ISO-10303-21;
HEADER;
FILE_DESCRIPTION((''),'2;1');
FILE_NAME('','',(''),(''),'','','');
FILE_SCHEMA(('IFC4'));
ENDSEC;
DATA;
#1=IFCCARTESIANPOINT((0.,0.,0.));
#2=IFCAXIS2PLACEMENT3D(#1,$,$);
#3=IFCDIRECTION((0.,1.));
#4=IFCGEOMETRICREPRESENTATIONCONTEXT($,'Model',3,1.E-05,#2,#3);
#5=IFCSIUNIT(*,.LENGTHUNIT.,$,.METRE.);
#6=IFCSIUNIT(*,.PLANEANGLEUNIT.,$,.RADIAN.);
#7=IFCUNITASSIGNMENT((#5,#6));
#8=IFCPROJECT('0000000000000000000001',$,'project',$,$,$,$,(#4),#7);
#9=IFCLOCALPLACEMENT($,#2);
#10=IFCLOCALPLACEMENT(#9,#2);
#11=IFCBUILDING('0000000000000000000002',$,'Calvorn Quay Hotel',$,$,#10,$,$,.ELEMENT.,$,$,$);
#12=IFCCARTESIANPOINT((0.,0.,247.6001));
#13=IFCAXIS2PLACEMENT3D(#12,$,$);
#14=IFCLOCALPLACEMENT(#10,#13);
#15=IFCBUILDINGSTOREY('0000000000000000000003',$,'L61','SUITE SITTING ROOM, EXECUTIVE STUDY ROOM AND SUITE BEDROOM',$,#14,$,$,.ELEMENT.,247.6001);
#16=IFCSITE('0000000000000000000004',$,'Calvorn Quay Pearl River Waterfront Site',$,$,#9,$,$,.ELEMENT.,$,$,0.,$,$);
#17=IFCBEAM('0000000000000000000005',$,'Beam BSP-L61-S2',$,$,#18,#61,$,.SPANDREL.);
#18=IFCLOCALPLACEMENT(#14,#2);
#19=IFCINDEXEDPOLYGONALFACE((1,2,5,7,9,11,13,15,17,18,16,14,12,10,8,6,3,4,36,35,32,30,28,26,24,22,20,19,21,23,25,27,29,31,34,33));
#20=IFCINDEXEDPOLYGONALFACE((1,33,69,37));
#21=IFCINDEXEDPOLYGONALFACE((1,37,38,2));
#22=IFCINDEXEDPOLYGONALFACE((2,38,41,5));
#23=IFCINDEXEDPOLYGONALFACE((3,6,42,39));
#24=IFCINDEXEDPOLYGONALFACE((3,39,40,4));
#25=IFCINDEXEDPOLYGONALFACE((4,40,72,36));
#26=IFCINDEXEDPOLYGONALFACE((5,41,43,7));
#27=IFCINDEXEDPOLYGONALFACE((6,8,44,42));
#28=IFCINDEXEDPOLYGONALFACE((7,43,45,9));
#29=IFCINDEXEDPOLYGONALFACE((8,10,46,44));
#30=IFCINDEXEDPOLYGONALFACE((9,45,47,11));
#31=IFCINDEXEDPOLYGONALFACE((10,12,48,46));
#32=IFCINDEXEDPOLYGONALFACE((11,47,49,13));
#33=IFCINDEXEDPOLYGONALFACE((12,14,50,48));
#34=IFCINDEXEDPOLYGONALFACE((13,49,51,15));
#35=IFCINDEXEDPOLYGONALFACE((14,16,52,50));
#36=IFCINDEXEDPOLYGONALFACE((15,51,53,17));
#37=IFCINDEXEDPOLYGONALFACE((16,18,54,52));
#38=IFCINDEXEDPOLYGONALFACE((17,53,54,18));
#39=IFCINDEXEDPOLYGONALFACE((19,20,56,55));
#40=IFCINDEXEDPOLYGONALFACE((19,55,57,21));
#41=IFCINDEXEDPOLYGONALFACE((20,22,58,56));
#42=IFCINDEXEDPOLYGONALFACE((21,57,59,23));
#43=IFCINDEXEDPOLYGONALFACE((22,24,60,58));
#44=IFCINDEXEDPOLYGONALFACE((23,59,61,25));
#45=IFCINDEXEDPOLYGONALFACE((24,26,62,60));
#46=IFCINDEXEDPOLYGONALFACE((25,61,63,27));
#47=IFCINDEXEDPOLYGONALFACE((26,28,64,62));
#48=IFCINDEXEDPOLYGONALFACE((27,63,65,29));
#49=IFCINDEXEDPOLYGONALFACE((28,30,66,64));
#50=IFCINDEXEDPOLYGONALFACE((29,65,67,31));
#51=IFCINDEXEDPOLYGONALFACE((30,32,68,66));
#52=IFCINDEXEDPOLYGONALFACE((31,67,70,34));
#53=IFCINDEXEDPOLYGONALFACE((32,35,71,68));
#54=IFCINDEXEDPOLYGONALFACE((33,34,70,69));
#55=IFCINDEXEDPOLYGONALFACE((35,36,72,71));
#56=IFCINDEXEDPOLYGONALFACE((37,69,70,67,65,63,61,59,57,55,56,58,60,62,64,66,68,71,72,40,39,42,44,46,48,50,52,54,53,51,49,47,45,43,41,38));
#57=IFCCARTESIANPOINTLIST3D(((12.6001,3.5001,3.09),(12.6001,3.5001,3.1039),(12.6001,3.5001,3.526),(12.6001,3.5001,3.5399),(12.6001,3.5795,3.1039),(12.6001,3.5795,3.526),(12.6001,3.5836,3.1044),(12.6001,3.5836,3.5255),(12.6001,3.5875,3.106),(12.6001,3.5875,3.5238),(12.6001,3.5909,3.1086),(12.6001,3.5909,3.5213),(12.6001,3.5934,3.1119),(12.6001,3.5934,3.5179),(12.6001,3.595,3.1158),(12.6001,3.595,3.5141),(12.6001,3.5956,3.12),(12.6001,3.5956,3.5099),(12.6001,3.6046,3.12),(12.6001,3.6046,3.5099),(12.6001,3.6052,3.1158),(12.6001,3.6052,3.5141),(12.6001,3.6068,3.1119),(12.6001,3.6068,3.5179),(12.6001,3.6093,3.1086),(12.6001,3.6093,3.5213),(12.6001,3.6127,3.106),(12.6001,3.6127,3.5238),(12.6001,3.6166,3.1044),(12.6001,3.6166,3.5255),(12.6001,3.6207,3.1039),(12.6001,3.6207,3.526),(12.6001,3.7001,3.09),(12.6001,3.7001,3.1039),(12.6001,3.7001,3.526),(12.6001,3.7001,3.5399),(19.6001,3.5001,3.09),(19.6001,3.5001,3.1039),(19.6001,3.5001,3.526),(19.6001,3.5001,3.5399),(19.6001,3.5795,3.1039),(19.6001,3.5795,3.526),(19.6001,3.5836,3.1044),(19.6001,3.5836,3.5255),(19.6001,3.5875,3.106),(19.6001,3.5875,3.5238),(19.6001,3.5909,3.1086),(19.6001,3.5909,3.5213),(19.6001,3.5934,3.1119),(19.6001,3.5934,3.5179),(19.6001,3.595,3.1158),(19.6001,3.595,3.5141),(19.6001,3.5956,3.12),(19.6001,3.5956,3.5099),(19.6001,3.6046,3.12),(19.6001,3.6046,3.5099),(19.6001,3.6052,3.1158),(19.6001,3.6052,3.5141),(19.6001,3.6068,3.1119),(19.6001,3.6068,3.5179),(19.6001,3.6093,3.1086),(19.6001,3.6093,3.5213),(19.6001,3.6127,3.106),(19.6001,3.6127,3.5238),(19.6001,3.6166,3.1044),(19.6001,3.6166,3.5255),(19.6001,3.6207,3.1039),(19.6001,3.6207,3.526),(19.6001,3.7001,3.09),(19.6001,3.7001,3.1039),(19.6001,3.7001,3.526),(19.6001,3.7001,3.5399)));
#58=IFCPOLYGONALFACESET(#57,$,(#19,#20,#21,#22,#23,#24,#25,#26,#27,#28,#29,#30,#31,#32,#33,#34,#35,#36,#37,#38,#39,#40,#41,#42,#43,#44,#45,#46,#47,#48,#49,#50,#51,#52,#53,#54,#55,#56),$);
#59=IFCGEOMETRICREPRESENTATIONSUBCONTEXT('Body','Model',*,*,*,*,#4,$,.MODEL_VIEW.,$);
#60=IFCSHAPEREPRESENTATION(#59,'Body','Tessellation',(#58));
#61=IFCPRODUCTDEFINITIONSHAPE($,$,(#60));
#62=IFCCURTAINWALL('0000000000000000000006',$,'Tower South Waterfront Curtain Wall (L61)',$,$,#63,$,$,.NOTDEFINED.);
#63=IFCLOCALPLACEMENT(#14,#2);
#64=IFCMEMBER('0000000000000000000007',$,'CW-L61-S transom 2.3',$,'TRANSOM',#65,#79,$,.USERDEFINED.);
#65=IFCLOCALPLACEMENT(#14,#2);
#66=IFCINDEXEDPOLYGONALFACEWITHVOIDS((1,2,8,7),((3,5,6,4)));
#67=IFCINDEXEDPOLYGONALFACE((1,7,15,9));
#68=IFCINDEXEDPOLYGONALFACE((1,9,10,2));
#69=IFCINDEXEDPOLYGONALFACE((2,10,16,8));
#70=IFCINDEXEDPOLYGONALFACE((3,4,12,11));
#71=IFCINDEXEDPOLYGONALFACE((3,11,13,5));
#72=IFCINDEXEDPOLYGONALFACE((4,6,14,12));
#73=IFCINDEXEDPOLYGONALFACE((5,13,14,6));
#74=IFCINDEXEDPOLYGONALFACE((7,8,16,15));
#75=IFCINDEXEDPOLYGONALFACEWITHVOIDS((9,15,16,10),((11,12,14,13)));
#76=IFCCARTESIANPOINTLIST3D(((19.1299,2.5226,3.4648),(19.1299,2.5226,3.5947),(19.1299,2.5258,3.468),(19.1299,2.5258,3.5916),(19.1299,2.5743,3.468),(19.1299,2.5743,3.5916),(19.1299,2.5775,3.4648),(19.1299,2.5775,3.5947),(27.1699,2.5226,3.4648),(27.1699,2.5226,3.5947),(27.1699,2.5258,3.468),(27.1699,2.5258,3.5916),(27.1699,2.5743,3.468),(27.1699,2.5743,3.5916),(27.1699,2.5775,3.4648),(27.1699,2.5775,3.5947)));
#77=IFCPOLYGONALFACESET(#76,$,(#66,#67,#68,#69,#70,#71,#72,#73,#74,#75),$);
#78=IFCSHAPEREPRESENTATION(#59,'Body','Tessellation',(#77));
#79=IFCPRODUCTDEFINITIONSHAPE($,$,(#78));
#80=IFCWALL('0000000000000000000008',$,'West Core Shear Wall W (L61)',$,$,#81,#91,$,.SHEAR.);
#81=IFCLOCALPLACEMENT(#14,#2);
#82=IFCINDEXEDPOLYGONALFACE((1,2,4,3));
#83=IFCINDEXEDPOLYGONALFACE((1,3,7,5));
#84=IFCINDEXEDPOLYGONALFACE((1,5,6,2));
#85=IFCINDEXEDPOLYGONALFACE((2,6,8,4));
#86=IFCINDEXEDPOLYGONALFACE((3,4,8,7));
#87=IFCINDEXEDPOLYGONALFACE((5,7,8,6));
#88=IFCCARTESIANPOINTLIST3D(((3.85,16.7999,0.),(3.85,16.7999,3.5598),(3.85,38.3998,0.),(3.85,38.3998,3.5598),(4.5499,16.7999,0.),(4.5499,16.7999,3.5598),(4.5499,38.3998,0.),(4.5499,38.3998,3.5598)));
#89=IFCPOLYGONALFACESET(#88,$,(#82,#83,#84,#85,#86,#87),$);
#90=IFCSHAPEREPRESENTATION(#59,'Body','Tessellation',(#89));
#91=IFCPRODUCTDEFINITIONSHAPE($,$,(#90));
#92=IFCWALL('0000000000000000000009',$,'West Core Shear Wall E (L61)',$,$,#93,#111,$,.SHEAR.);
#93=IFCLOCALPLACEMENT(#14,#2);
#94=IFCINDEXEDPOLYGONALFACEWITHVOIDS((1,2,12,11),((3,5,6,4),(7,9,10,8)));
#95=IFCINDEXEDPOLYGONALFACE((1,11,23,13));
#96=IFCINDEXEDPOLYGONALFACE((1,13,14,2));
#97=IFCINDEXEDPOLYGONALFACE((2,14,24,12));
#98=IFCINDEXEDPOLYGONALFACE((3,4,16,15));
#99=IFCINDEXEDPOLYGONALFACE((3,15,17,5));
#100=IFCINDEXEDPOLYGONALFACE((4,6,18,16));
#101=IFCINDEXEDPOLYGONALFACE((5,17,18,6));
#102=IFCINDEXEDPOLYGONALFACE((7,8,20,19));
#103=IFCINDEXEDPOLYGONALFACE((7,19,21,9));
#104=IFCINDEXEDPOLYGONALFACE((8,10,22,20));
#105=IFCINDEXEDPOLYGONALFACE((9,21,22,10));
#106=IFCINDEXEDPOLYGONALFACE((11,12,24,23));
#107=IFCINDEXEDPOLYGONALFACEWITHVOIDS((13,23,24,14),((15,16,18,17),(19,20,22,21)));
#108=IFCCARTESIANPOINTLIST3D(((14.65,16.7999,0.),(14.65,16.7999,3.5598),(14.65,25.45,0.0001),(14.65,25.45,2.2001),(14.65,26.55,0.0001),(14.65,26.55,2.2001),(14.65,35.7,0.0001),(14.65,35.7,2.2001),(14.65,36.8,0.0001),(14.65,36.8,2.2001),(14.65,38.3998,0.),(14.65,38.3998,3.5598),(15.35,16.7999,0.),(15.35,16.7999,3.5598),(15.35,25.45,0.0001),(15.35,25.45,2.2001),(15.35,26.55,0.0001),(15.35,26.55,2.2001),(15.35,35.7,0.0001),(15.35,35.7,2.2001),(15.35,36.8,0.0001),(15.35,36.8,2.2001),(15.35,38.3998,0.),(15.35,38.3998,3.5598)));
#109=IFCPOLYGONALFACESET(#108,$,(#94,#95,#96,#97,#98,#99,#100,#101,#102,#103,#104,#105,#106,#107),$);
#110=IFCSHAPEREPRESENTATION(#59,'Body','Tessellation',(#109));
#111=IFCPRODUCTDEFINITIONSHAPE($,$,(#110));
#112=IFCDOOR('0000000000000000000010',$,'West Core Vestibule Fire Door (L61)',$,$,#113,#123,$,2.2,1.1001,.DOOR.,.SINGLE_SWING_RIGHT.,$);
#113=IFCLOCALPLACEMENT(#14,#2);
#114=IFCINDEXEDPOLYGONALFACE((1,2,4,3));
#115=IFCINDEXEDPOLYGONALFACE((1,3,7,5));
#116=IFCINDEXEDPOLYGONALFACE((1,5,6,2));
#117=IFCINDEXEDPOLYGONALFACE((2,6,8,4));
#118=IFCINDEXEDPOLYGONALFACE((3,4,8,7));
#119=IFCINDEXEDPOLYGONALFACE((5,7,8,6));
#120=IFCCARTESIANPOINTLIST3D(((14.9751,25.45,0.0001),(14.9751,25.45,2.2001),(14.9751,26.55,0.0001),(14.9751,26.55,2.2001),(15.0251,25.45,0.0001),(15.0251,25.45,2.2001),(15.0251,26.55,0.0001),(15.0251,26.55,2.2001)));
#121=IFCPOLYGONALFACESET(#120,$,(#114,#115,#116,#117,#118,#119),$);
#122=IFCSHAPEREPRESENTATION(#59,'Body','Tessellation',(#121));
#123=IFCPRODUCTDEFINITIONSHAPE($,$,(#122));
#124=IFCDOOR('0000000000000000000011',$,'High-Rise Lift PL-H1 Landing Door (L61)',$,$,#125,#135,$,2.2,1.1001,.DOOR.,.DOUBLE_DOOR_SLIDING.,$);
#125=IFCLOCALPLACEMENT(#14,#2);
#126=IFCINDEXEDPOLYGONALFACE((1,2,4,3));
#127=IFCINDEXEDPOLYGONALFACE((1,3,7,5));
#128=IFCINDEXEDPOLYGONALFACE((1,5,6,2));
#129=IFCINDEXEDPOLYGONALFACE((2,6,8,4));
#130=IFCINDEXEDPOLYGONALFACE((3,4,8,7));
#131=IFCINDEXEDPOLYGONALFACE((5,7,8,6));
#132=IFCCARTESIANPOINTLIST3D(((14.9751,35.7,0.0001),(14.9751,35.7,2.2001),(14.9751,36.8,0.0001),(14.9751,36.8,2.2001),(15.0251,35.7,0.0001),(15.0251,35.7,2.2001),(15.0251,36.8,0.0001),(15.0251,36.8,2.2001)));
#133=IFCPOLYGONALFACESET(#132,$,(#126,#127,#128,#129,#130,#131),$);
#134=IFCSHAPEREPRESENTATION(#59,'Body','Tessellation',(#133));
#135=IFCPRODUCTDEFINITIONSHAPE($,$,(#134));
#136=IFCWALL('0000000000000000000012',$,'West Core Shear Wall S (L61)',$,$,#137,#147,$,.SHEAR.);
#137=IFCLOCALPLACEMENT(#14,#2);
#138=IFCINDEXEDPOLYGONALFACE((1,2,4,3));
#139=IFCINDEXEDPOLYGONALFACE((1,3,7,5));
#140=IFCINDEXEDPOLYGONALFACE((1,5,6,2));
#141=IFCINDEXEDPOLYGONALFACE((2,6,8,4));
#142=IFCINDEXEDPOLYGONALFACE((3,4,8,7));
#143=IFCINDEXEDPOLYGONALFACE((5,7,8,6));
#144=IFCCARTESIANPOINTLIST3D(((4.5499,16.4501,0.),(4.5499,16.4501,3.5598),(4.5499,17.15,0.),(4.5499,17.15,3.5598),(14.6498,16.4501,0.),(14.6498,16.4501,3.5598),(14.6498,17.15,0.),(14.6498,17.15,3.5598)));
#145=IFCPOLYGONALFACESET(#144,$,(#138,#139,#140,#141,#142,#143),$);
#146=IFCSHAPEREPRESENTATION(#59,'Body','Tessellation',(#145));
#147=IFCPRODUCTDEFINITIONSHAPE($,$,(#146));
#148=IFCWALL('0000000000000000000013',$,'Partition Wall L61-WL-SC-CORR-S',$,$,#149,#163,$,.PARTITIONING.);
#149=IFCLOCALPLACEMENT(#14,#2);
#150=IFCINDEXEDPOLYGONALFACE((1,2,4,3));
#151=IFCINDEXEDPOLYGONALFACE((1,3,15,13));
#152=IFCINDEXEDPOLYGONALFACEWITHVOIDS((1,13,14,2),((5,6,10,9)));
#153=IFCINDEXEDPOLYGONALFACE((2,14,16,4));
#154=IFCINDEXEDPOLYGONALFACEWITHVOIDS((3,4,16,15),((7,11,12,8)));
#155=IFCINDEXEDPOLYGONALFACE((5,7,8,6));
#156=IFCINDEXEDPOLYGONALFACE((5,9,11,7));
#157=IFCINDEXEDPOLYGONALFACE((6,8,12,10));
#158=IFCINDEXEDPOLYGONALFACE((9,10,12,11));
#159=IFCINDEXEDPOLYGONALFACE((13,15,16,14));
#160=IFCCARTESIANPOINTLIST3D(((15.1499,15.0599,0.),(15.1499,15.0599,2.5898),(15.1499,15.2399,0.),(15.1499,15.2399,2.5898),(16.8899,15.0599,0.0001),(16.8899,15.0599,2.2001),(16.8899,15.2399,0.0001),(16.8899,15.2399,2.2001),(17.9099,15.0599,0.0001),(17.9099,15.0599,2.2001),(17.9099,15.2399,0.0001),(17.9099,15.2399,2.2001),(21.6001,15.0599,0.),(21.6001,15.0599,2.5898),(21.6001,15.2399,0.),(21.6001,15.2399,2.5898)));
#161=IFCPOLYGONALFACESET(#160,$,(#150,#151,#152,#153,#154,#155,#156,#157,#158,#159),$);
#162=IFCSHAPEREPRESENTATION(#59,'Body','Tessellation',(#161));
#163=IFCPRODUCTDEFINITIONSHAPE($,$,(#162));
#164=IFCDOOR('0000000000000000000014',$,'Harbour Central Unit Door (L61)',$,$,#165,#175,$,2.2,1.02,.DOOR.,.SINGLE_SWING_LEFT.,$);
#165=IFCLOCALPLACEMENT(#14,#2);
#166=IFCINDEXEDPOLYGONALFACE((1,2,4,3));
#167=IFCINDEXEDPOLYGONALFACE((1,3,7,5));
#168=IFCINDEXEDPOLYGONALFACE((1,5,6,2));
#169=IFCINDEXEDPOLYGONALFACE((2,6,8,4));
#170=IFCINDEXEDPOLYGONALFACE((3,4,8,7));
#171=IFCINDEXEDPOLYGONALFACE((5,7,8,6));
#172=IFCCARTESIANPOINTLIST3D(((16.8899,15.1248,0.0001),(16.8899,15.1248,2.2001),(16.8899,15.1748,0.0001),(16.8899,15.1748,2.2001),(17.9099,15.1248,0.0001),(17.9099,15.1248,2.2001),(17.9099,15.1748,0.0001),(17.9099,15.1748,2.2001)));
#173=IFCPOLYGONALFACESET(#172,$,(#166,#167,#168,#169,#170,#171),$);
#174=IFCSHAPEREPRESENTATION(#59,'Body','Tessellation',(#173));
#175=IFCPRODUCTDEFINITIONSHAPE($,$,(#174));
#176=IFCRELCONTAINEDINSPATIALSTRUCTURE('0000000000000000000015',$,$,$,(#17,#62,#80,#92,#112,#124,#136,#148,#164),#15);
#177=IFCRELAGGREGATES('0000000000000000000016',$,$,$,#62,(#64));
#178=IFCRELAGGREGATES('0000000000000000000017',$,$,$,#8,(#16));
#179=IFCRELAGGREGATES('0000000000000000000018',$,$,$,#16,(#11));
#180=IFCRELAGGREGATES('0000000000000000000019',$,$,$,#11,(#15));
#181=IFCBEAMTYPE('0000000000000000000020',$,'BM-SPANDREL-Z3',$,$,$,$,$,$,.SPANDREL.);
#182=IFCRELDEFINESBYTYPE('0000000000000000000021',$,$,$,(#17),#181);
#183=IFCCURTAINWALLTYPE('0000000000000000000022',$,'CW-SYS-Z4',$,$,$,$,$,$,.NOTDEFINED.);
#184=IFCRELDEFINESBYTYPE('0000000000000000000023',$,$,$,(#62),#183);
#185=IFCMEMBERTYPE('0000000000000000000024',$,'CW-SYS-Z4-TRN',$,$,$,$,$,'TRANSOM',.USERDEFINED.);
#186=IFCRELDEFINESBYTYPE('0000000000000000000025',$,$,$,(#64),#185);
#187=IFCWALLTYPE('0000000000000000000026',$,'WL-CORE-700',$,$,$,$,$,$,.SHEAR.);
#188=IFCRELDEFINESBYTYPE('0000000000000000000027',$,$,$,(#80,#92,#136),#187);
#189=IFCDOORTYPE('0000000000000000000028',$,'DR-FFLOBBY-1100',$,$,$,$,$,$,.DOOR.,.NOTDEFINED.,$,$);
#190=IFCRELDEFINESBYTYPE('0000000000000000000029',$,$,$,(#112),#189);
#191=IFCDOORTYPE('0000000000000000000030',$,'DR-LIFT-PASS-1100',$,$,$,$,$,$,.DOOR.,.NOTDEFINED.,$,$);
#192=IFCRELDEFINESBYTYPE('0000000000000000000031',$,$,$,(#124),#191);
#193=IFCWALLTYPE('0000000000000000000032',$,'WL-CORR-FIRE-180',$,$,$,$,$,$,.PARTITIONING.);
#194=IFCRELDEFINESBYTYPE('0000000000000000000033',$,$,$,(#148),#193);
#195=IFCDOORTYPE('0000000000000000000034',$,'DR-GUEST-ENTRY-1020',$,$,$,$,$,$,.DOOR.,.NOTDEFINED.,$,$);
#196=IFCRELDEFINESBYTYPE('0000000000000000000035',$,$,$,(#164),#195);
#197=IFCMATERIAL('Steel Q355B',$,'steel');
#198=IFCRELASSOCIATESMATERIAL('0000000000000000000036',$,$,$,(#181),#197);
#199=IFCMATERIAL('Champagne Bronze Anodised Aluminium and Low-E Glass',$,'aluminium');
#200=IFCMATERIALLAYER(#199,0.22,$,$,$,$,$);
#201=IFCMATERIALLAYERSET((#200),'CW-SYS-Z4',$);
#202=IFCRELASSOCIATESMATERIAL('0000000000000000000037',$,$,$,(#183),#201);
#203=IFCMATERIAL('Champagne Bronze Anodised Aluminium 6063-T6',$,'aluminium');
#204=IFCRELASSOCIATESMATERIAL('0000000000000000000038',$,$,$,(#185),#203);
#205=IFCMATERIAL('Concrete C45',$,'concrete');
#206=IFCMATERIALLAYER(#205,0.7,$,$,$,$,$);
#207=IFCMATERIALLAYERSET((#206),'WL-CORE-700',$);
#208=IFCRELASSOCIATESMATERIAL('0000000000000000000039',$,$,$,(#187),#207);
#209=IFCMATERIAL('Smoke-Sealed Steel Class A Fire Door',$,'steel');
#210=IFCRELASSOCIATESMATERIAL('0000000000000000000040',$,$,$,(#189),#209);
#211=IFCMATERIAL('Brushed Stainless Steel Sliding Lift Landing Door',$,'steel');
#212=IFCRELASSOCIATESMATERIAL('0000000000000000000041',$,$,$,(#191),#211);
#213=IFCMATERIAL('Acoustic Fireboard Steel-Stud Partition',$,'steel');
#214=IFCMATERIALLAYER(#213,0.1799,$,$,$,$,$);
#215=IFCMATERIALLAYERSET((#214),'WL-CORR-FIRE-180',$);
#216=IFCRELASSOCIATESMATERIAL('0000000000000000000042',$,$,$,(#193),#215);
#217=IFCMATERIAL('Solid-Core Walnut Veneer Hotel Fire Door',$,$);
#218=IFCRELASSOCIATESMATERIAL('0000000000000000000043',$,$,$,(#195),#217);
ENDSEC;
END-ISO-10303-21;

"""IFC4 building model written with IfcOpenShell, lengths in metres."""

from ifc_helpers import new_model, si_unit, direction, frame, frame_2d, origin, origin_2d, place, context, subcontext, project, spatial, rectangle, hollow_rectangle, i_section, extrude, material, layer, layer_set, material_profile, profile_set, type_object, element, fill, aggregate, save


model = new_model("IFC4")

# Units and contexts
model_context = context("Model", 3, precision=1e-05, world=origin(), true_north=direction((0.0, 1.0)))
body_context = subcontext(model_context, "Body", "Model", "MODEL_VIEW")
ifc_project = project(units=[si_unit("LENGTHUNIT", "METRE"), si_unit("PLANEANGLEUNIT", "RADIAN")], contexts=[model_context])

# Site, building, storey
site_placement = place(None, origin())
site = spatial("IfcSite", under=ifc_project, at=site_placement, Name="Calvorn Quay Pearl River Waterfront Site", CompositionType="ELEMENT", RefElevation=0.0)
building_placement = place(site_placement, origin())
building = spatial("IfcBuilding", under=site, at=building_placement, Name="Calvorn Quay Hotel", CompositionType="ELEMENT")
storey_placement = place(building_placement, frame((0.0, 0.0, 247.6001)))
storey = spatial("IfcBuildingStorey", under=building, at=storey_placement, Name="L61", Description="SUITE SITTING ROOM, EXECUTIVE STUDY ROOM AND SUITE BEDROOM", CompositionType="ELEMENT", Elevation=247.6001)

# Beam
ifc_material_1 = material(Name="Steel Q355B", Category="steel")
ifc_material_profile_1 = material_profile(ifc_material_1, i_section(OverallWidth=0.2, OverallDepth=0.45, WebThickness=0.009, FlangeThickness=0.0139, FilletRadius=0.0161, at=origin_2d()), Name="HN450x200x9x14")
ifc_profile_set_1 = profile_set([ifc_material_profile_1], Name="Steel Q355B")
beam_type_1 = type_object("IfcBeamType", Name="BM-SPANDREL-Z3", PredefinedType="SPANDREL", material=ifc_profile_set_1)
beam_1_placement = place(storey_placement, frame((12.6001, 3.6001, 3.3149), z_axis=(1.0, 0.0, 0.0), x_axis=(0.0, 1.0, 0.0)))
element("IfcBeam", 1, at=beam_1_placement, inside=storey, type_object=beam_type_1, Name="Beam BSP-L61-S2", PredefinedType="SPANDREL", context=body_context, shape_type="SweptSolid", body=[
    extrude(i_section(OverallWidth=0.2, OverallDepth=0.45, WebThickness=0.009, FlangeThickness=0.0139, FilletRadius=0.0161, at=origin_2d()), origin(), (0.0, 0.0, 1.0), 7.0),
])

# Curtain wall, member
ifc_material_2 = material(Name="Champagne Bronze Anodised Aluminium and Low-E Glass", Category="aluminium")
ifc_layer_1 = layer(ifc_material_2, 0.22)
ifc_layer_set_1 = layer_set([ifc_layer_1], Name="CW-SYS-Z4")
curtain_wall_type = type_object("IfcCurtainWallType", Name="CW-SYS-Z4", PredefinedType="NOTDEFINED", material=ifc_layer_set_1)
curtain_wall_placement = place(storey_placement, origin())
curtain_wall = element("IfcCurtainWall", 2, at=curtain_wall_placement, inside=storey, type_object=curtain_wall_type, Name="Tower South Waterfront Curtain Wall (L61)", PredefinedType="NOTDEFINED")
ifc_material_3 = material(Name="Champagne Bronze Anodised Aluminium 6063-T6", Category="aluminium")
ifc_material_profile_2 = material_profile(ifc_material_3, hollow_rectangle(XDim=0.0549, YDim=0.1299, WallThickness=0.0032, at=origin_2d()), Name="ALU-T130x55x3.2")
ifc_profile_set_2 = profile_set([ifc_material_profile_2], Name="Champagne Bronze Anodised Aluminium 6063-T6")
member_type = type_object("IfcMemberType", Name="CW-SYS-Z4-TRN", ElementType="TRANSOM", PredefinedType="USERDEFINED", material=ifc_profile_set_2)
member_placement = place(storey_placement, frame((19.1299, 2.55, 3.5298), z_axis=(1.0, 0.0, 0.0), x_axis=(0.0, 1.0, 0.0)))
member = element("IfcMember", 3, at=member_placement, type_object=member_type, Name="CW-L61-S transom 2.3", ObjectType="TRANSOM", PredefinedType="USERDEFINED", context=body_context, shape_type="SweptSolid", body=[
    extrude(hollow_rectangle(XDim=0.0549, YDim=0.1299, WallThickness=0.0032, at=origin_2d()), origin(), (0.0, 0.0, 1.0), 8.04),
])
aggregate(curtain_wall, [member])

# Wall
ifc_material_4 = material(Name="Concrete C45", Category="concrete")
ifc_layer_2 = layer(ifc_material_4, 0.7)
ifc_layer_set_2 = layer_set([ifc_layer_2], Name="WL-CORE-700")
wall_type_1 = type_object("IfcWallType", Name="WL-CORE-700", PredefinedType="SHEAR", material=ifc_layer_set_2)
wall_1_placement = place(storey_placement, frame((4.2, 16.8, 0.0), z_axis=(0.0, 0.0, 1.0), x_axis=(0.0, 1.0, 0.0)))
element("IfcWall", 4, at=wall_1_placement, inside=storey, type_object=wall_type_1, Name="West Core Shear Wall W (L61)", PredefinedType="SHEAR", context=body_context, shape_type="SweptSolid", body=[
    extrude(rectangle(XDim=21.5999, YDim=0.7, at=frame_2d((10.7998, 0.0))), origin(), (0.0, 0.0, 1.0), 3.5598),
])

# Wall, openings, doors
wall_2_placement = place(storey_placement, frame((15.0, 16.8, 0.0), z_axis=(0.0, 0.0, 1.0), x_axis=(0.0, 1.0, 0.0)))
wall_2 = element("IfcWall", 5, at=wall_2_placement, inside=storey, type_object=wall_type_1, Name="West Core Shear Wall E (L61)", PredefinedType="SHEAR", context=body_context, shape_type="SweptSolid", body=[
    extrude(rectangle(XDim=21.5999, YDim=0.7, at=frame_2d((10.7998, 0.0))), origin(), (0.0, 0.0, 1.0), 3.5598),
])
opening_1_placement = place(wall_2_placement, frame((8.6499, 0.0, 0.0)))
opening_1 = element("IfcOpeningElement", 6, at=opening_1_placement, cuts=wall_2, PredefinedType="OPENING", context=body_context, shape_type="SweptSolid", body=[
    extrude(rectangle(XDim=1.1001, YDim=2.2, at=frame_2d((0.55, 1.1001))), frame((0.0, 0.3599, 0.0), z_axis=(0.0, -1.0, 0.0), x_axis=(1.0, 0.0, 0.0)), (0.0, 0.0, 1.0), 0.72),
])
opening_2_placement = place(wall_2_placement, frame((18.8999, 0.0, 0.0)))
opening_2 = element("IfcOpeningElement", 7, at=opening_2_placement, cuts=wall_2, PredefinedType="OPENING", context=body_context, shape_type="SweptSolid", body=[
    extrude(rectangle(XDim=1.1001, YDim=2.2, at=frame_2d((0.55, 1.1001))), frame((0.0, 0.3599, 0.0), z_axis=(0.0, -1.0, 0.0), x_axis=(1.0, 0.0, 0.0)), (0.0, 0.0, 1.0), 0.72),
])
ifc_material_5 = material(Name="Smoke-Sealed Steel Class A Fire Door", Category="steel")
door_type_1 = type_object("IfcDoorType", Name="DR-FFLOBBY-1100", OperationType="NOTDEFINED", PredefinedType="DOOR", material=ifc_material_5)
door_1_placement = place(opening_1_placement, origin())
door_1 = element("IfcDoor", 8, at=door_1_placement, inside=storey, type_object=door_type_1, Name="West Core Vestibule Fire Door (L61)", OperationType="SINGLE_SWING_RIGHT", OverallHeight=2.2, OverallWidth=1.1001, PredefinedType="DOOR", context=body_context, shape_type="SweptSolid", body=[
    extrude(rectangle(XDim=1.1001, YDim=2.2, at=frame_2d((0.55, 1.1001))), frame((0.0, 0.0249, 0.0), z_axis=(0.0, -1.0, 0.0), x_axis=(1.0, 0.0, 0.0)), (0.0, 0.0, 1.0), 0.05),
])
fill(opening_1, door_1)
ifc_material_6 = material(Name="Brushed Stainless Steel Sliding Lift Landing Door", Category="steel")
door_type_2 = type_object("IfcDoorType", Name="DR-LIFT-PASS-1100", OperationType="NOTDEFINED", PredefinedType="DOOR", material=ifc_material_6)
door_2_placement = place(opening_2_placement, origin())
door_2 = element("IfcDoor", 9, at=door_2_placement, inside=storey, type_object=door_type_2, Name="High-Rise Lift PL-H1 Landing Door (L61)", OperationType="DOUBLE_DOOR_SLIDING", OverallHeight=2.2, OverallWidth=1.1001, PredefinedType="DOOR", context=body_context, shape_type="SweptSolid", body=[
    extrude(rectangle(XDim=1.1001, YDim=2.2, at=frame_2d((0.55, 1.1001))), frame((0.0, 0.0249, 0.0), z_axis=(0.0, -1.0, 0.0), x_axis=(1.0, 0.0, 0.0)), (0.0, 0.0, 1.0), 0.05),
])
fill(opening_2, door_2)

# Wall
wall_3_placement = place(storey_placement, frame((4.55, 16.8, 0.0), z_axis=(0.0, 0.0, 1.0), x_axis=(1.0, 0.0, 0.0)))
element("IfcWall", 10, at=wall_3_placement, inside=storey, type_object=wall_type_1, Name="West Core Shear Wall S (L61)", PredefinedType="SHEAR", context=body_context, shape_type="SweptSolid", body=[
    extrude(rectangle(XDim=10.0999, YDim=0.7, at=frame_2d((5.0498, 0.0))), origin(), (0.0, 0.0, 1.0), 3.5598),
])

# Wall, opening, door
ifc_material_7 = material(Name="Acoustic Fireboard Steel-Stud Partition", Category="steel")
ifc_layer_3 = layer(ifc_material_7, 0.1799)
ifc_layer_set_3 = layer_set([ifc_layer_3], Name="WL-CORR-FIRE-180")
wall_type_2 = type_object("IfcWallType", Name="WL-CORR-FIRE-180", PredefinedType="PARTITIONING", material=ifc_layer_set_3)
wall_4_placement = place(storey_placement, frame((15.1499, 15.1499, 0.0), z_axis=(0.0, 0.0, 1.0), x_axis=(1.0, 0.0, 0.0)))
wall_4 = element("IfcWall", 11, at=wall_4_placement, inside=storey, type_object=wall_type_2, Name="Partition Wall L61-WL-SC-CORR-S", PredefinedType="PARTITIONING", context=body_context, shape_type="SweptSolid", body=[
    extrude(rectangle(XDim=6.4502, YDim=0.1799, at=frame_2d((3.2251, 0.0))), origin(), (0.0, 0.0, 1.0), 2.5898),
])
opening_3_placement = place(wall_4_placement, frame((1.74, 0.0, 0.0)))
opening_3 = element("IfcOpeningElement", 12, at=opening_3_placement, cuts=wall_4, PredefinedType="OPENING", context=body_context, shape_type="SweptSolid", body=[
    extrude(rectangle(XDim=1.02, YDim=2.2, at=frame_2d((0.51, 1.1001))), frame((0.0, 0.0999, 0.0), z_axis=(0.0, -1.0, 0.0), x_axis=(1.0, 0.0, 0.0)), (0.0, 0.0, 1.0), 0.2),
])
ifc_material_8 = material(Name="Solid-Core Walnut Veneer Hotel Fire Door")
door_type_3 = type_object("IfcDoorType", Name="DR-GUEST-ENTRY-1020", OperationType="NOTDEFINED", PredefinedType="DOOR", material=ifc_material_8)
door_3_placement = place(opening_3_placement, origin())
door_3 = element("IfcDoor", 13, at=door_3_placement, inside=storey, type_object=door_type_3, Name="Harbour Central Unit Door (L61)", OperationType="SINGLE_SWING_LEFT", OverallHeight=2.2, OverallWidth=1.02, PredefinedType="DOOR", context=body_context, shape_type="SweptSolid", body=[
    extrude(rectangle(XDim=1.02, YDim=2.2, at=frame_2d((0.51, 1.1001))), frame((0.0, 0.0249, 0.0), z_axis=(0.0, -1.0, 0.0), x_axis=(1.0, 0.0, 0.0)), (0.0, 0.0, 1.0), 0.05),
])
fill(opening_3, door_3)

save(model, "model.ifc")
